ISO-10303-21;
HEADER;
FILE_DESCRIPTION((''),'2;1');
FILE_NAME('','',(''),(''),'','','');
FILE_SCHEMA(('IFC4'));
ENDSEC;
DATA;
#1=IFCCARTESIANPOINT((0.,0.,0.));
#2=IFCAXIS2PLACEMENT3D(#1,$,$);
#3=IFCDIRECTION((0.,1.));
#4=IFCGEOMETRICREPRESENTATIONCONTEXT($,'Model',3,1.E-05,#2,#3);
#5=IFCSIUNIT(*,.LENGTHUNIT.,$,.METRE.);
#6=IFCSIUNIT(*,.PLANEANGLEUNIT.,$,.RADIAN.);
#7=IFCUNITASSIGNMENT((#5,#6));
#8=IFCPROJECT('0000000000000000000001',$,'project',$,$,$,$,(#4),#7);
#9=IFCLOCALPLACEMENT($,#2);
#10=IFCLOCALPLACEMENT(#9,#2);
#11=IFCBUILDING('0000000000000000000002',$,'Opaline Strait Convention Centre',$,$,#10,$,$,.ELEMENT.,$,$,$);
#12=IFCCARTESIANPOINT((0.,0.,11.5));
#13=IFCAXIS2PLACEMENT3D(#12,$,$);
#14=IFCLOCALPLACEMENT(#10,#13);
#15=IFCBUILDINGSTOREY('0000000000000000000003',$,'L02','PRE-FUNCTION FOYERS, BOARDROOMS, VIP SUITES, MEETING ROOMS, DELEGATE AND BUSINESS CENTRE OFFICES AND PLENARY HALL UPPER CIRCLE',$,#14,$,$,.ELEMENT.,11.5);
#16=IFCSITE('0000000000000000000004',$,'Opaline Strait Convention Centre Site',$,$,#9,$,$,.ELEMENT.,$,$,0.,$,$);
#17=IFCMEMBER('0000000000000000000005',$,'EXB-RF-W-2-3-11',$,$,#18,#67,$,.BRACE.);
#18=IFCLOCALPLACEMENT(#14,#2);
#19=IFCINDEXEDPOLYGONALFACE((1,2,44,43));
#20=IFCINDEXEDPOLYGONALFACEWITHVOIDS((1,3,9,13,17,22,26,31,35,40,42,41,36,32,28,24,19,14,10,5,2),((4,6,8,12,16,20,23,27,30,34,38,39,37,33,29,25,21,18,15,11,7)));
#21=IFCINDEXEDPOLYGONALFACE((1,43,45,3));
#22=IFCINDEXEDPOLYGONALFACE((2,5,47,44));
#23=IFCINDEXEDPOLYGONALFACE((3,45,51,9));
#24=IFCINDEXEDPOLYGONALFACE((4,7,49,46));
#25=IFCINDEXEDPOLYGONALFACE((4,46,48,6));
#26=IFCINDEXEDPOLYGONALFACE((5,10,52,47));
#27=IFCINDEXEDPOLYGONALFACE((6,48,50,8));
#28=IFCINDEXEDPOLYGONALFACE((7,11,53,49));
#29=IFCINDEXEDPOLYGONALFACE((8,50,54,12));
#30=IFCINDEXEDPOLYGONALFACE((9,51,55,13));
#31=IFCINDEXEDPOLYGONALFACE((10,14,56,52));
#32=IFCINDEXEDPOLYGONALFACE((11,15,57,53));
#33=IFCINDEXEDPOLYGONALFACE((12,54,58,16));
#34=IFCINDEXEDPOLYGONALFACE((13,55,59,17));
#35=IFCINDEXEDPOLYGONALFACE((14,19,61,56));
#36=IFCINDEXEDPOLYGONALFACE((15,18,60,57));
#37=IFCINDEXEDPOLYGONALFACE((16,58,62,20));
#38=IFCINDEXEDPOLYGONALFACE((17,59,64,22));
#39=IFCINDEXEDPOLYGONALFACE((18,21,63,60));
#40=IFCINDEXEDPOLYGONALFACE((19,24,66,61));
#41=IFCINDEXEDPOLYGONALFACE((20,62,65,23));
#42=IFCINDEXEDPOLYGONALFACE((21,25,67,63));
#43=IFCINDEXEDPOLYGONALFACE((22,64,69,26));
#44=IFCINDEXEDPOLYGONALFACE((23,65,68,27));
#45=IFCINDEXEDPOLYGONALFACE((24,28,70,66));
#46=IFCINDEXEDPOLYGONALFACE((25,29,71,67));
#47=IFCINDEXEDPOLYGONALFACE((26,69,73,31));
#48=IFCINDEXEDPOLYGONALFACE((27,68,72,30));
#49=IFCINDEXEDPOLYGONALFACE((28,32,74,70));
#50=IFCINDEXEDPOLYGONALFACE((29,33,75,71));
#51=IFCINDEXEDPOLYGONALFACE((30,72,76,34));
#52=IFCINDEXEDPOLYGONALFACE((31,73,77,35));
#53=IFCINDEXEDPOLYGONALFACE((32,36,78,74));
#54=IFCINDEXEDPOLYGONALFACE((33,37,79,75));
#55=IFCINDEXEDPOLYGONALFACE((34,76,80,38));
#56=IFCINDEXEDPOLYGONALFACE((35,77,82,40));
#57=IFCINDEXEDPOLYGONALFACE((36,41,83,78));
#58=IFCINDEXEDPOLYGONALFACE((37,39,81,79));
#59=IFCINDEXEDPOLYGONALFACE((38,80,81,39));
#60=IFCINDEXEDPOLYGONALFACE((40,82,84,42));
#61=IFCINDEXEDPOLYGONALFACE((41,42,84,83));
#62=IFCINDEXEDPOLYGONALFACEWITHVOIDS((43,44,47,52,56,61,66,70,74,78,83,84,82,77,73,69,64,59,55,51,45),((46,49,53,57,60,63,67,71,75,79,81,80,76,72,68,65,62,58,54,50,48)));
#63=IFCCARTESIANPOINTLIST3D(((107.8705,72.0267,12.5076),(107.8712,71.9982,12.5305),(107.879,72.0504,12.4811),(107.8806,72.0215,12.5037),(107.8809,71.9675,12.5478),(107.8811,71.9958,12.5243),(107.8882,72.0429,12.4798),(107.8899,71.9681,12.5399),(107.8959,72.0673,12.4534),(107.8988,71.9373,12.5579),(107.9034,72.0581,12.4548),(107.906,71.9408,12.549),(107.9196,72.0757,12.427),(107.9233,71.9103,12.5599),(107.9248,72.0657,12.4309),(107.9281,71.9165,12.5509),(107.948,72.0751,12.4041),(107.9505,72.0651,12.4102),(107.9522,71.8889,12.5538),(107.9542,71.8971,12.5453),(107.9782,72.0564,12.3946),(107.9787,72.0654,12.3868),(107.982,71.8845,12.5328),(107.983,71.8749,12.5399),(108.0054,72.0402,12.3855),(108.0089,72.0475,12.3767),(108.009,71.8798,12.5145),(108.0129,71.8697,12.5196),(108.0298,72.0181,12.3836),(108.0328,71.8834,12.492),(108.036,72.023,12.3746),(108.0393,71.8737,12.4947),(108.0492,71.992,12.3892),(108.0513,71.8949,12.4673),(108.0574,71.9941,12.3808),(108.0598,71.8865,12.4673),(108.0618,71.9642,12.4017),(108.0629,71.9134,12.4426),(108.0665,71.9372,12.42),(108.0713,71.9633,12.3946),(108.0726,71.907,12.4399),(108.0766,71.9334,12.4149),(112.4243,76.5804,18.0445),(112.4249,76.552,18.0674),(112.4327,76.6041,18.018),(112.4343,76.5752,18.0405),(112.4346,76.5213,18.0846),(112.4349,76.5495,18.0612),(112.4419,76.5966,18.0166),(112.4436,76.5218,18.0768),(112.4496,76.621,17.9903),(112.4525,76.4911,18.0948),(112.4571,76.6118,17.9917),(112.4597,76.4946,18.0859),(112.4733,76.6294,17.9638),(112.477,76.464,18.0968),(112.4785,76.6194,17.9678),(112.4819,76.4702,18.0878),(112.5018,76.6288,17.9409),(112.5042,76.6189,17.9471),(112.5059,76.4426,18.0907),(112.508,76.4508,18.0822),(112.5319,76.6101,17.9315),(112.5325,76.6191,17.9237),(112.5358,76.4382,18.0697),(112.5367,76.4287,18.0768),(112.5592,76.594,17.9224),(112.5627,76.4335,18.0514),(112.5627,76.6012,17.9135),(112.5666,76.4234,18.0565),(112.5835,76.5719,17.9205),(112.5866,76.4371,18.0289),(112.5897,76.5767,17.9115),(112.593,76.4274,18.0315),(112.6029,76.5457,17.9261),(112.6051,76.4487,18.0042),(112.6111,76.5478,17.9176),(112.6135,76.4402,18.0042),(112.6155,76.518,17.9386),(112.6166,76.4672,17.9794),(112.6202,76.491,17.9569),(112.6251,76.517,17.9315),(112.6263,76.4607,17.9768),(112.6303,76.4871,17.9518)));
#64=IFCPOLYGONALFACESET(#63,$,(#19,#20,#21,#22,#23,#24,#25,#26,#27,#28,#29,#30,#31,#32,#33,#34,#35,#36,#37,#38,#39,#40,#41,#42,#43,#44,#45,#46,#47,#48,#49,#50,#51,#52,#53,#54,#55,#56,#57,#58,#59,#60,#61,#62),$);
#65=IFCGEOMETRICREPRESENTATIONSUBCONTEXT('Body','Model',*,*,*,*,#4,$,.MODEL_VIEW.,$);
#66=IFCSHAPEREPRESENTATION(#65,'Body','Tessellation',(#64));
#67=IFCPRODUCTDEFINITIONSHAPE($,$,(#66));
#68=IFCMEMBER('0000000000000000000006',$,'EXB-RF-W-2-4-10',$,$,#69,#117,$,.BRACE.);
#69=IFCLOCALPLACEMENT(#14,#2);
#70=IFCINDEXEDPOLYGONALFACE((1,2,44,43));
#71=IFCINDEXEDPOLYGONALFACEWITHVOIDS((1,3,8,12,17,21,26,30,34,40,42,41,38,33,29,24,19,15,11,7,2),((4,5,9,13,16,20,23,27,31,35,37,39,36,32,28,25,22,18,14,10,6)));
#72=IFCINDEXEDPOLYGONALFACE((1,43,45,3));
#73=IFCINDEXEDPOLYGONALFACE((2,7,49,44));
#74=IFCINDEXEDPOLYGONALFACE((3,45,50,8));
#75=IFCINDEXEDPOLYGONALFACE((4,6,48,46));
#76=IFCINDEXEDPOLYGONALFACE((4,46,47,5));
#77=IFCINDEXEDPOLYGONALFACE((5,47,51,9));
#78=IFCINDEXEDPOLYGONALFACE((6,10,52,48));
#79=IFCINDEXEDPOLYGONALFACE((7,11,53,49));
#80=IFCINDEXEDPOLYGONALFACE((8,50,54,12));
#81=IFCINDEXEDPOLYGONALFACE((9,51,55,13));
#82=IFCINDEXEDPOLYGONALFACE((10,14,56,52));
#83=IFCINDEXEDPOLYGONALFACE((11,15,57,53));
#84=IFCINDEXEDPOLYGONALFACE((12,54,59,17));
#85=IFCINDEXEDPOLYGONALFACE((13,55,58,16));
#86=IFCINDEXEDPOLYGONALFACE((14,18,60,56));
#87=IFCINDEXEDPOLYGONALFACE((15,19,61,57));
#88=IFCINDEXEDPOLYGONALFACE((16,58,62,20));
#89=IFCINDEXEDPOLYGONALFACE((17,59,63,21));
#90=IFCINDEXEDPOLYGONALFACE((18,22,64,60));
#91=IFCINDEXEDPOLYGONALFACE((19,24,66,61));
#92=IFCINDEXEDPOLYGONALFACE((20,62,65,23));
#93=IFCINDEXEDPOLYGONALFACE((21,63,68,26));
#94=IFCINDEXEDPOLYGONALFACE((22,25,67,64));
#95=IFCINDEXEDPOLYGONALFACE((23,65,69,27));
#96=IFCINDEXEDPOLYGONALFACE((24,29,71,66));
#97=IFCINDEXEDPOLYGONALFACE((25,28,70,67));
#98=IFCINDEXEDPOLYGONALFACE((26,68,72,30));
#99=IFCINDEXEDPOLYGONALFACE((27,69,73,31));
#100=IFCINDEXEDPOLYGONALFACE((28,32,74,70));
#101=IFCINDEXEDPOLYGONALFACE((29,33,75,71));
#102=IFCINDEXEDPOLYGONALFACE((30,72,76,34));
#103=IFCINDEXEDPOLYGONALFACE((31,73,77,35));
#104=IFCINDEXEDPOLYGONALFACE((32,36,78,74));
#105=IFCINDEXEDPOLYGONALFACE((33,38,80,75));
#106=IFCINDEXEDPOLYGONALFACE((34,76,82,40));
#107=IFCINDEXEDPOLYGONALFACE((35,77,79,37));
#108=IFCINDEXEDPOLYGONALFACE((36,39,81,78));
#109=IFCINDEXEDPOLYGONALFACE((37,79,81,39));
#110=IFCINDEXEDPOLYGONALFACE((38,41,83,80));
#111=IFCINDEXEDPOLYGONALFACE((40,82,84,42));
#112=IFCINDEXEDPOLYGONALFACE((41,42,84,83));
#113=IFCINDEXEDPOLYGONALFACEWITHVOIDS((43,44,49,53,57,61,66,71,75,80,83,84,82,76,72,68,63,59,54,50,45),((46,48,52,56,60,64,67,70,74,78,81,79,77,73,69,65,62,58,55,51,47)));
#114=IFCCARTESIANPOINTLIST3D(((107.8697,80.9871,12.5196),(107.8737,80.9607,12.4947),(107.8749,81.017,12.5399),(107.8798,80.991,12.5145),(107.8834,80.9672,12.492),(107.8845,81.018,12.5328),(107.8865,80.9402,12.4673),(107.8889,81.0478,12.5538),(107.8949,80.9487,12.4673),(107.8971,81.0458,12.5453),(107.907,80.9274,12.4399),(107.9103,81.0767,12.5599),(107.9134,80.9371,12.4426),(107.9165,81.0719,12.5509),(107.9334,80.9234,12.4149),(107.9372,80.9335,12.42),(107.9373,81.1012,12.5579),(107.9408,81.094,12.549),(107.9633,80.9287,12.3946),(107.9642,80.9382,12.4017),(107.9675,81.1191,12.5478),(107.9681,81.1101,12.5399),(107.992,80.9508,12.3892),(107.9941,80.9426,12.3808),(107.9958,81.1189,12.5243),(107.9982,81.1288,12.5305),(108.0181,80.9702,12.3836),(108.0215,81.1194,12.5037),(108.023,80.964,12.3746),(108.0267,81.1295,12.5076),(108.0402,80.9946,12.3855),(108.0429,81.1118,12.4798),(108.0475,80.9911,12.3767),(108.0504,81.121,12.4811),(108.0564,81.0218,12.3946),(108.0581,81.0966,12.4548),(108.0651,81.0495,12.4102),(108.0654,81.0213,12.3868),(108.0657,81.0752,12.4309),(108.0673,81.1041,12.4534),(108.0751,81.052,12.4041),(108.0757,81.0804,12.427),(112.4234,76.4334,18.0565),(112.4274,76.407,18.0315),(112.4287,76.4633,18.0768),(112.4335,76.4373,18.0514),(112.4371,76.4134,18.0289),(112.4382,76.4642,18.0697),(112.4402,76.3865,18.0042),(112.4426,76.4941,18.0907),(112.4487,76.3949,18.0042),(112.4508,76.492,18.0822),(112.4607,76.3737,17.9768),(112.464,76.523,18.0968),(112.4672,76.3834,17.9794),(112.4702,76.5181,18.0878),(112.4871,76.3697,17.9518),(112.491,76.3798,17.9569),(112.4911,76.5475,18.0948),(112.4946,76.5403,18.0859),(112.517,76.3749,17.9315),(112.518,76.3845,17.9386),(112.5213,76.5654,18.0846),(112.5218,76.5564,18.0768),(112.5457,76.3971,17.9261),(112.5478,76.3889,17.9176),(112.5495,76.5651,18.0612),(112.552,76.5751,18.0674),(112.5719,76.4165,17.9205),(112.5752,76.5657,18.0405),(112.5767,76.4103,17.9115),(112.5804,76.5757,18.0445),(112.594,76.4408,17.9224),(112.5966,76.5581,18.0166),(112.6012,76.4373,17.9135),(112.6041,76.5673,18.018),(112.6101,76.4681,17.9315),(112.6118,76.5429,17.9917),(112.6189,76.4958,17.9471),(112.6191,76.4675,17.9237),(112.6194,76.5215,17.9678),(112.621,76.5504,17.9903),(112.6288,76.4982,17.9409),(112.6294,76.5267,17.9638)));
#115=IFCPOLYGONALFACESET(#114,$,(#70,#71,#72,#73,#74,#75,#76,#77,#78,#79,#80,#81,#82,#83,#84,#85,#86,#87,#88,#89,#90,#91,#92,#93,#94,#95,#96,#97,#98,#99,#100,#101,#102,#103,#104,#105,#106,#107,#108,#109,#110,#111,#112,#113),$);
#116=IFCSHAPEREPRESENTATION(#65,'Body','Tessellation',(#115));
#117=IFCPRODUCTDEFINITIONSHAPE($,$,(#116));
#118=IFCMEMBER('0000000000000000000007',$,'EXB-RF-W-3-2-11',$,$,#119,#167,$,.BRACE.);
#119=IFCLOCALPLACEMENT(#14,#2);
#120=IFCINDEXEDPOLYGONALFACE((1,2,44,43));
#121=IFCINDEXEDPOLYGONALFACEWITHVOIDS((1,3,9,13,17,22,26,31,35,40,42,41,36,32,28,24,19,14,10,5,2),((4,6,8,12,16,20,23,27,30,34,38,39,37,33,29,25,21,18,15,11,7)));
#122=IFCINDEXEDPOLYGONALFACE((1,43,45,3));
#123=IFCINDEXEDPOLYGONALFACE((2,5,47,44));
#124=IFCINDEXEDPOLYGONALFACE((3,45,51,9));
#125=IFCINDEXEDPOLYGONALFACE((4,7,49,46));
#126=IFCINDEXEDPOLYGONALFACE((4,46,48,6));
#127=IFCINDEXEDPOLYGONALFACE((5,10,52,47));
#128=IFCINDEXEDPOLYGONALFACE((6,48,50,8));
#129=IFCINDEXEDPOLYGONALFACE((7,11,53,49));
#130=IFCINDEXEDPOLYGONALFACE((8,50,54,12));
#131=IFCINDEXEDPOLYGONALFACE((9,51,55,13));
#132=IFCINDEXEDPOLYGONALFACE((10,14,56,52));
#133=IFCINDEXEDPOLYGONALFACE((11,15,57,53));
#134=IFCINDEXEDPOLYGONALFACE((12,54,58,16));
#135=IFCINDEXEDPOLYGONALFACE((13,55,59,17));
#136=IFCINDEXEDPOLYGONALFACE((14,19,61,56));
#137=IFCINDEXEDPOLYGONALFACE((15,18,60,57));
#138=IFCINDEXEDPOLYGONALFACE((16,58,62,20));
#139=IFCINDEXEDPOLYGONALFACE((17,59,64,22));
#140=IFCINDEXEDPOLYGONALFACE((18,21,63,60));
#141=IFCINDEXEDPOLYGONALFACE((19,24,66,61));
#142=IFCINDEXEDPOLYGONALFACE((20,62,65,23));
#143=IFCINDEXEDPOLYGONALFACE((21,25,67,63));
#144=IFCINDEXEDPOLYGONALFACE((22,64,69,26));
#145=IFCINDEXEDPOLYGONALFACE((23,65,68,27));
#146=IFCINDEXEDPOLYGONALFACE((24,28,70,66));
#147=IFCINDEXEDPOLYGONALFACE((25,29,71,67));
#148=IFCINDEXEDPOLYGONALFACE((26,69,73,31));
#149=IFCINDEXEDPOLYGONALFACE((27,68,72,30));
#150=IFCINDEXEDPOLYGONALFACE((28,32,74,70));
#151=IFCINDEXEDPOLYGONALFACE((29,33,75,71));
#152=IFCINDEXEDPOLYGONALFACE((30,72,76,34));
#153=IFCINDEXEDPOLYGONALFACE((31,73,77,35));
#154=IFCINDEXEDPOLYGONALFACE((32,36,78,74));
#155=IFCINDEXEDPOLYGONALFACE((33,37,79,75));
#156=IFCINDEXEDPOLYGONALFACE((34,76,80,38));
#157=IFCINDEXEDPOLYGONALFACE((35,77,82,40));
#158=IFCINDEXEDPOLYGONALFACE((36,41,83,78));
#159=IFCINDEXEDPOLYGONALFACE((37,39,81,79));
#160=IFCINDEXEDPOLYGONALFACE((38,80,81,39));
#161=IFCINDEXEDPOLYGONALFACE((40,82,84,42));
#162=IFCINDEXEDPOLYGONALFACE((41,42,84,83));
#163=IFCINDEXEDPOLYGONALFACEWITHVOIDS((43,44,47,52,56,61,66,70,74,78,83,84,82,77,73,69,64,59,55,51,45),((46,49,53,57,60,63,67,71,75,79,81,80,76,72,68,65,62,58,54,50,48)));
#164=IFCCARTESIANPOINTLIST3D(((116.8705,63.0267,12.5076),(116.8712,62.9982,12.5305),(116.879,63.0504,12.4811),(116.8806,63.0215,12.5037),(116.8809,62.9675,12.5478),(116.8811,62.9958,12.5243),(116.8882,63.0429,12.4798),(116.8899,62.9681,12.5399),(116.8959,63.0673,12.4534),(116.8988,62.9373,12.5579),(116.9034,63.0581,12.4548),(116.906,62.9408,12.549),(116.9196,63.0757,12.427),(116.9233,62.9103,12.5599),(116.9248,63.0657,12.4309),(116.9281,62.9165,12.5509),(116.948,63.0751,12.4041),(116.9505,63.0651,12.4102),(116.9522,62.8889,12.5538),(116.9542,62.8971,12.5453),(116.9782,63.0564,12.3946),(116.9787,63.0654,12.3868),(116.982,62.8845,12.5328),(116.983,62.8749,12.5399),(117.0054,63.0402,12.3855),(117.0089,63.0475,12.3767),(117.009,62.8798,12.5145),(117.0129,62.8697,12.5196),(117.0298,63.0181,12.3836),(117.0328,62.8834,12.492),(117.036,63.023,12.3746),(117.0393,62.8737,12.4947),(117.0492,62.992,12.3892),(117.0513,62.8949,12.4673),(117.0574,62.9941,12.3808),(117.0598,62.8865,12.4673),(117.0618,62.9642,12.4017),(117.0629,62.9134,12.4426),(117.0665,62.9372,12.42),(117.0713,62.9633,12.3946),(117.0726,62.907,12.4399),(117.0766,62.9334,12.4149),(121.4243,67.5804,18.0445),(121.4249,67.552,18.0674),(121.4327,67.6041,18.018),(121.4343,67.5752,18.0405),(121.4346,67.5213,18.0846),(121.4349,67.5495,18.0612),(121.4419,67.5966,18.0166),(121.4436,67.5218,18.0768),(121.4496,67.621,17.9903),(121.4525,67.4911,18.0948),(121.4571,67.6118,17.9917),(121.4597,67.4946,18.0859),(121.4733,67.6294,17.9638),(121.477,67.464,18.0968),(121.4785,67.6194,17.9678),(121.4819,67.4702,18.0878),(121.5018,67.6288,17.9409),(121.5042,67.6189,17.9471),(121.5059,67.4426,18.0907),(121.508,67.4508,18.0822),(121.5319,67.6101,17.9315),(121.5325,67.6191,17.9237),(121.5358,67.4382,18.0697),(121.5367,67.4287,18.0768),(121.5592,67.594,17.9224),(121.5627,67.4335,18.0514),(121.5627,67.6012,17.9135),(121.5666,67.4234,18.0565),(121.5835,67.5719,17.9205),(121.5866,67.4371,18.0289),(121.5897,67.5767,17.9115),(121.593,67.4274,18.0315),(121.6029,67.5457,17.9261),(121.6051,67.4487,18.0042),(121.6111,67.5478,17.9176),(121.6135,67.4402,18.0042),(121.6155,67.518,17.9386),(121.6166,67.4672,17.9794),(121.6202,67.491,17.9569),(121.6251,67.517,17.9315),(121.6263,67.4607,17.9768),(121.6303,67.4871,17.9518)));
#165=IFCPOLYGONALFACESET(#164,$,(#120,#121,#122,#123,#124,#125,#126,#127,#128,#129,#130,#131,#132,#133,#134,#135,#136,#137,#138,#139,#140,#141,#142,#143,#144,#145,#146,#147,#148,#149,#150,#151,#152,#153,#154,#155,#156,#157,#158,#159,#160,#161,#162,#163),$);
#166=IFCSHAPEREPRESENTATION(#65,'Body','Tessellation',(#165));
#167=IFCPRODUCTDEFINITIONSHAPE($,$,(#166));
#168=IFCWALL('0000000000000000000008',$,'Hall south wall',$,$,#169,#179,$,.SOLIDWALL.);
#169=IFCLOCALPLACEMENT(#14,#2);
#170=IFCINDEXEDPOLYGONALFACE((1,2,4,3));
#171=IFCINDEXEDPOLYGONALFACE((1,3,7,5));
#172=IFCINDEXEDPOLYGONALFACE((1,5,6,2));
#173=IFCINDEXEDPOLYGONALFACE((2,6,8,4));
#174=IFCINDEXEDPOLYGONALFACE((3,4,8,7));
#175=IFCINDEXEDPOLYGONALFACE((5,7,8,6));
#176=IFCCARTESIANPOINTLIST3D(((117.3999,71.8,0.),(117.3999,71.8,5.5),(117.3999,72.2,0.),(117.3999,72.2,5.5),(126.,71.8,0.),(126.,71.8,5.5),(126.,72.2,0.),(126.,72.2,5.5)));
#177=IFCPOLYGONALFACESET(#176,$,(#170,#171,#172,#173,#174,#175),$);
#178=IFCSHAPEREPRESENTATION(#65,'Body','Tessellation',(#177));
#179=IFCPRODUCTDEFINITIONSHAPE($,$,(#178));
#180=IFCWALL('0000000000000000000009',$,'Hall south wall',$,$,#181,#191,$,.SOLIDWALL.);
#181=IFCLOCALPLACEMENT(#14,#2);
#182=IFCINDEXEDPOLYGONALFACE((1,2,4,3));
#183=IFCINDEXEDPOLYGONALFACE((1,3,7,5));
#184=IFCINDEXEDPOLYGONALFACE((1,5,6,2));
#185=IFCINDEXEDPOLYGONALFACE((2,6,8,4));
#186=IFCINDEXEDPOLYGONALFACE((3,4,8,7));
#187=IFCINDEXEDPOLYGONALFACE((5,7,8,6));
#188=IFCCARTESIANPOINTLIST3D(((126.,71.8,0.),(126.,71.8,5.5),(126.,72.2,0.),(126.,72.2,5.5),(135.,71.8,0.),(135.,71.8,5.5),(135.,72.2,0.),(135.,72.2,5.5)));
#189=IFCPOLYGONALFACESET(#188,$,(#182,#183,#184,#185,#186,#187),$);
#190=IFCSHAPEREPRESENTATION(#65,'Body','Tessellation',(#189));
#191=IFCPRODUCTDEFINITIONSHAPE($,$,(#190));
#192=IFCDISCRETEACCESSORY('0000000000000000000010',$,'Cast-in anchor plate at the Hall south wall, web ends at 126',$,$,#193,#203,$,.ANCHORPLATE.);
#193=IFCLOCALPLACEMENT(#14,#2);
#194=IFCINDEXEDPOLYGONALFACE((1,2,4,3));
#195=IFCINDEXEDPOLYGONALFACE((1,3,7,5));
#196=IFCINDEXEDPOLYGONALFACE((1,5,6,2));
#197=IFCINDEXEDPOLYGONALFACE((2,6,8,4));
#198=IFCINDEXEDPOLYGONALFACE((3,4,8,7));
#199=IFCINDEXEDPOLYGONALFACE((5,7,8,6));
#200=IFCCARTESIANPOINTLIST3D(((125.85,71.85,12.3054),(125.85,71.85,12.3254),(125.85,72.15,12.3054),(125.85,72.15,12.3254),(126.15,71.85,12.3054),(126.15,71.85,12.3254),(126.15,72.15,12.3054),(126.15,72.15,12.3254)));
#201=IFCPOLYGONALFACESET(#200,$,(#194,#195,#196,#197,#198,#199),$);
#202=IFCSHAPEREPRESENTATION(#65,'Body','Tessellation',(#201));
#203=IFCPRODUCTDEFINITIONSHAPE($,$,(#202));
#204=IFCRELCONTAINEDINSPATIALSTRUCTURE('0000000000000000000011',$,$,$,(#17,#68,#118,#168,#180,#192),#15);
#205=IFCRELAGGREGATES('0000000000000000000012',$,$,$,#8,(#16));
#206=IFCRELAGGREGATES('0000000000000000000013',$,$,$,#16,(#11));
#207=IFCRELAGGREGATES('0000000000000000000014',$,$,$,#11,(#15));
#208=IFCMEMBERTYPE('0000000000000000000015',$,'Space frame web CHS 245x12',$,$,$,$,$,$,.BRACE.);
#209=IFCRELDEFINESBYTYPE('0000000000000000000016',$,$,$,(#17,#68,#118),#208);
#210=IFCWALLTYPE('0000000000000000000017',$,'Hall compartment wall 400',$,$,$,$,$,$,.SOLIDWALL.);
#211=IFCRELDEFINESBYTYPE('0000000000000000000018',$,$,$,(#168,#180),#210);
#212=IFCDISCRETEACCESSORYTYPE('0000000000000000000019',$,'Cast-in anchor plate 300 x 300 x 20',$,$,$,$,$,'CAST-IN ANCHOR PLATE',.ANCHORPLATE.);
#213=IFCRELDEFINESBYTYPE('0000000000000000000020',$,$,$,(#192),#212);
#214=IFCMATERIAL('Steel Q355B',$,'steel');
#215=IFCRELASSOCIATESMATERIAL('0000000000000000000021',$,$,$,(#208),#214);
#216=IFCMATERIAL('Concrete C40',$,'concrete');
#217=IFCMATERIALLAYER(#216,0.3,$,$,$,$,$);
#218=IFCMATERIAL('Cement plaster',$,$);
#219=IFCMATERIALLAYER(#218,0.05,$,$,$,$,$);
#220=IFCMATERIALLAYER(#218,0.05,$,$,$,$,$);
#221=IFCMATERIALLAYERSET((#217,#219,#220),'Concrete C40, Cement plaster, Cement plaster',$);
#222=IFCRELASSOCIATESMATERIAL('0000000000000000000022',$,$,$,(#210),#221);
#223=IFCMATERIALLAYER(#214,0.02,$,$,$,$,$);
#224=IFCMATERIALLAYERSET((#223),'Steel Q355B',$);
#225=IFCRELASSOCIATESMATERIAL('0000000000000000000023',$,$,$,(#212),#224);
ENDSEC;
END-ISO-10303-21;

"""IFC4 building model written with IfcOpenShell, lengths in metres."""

from ifc_helpers import new_model, si_unit, direction, frame, frame_2d, origin, origin_2d, place, context, subcontext, project, spatial, rectangle, hollow_circle, extrude, material, layer, layer_set, material_profile, profile_set, type_object, element, save


model = new_model("IFC4")

# Units and contexts
model_context = context("Model", 3, precision=1e-05, world=origin(), true_north=direction((0.0, 1.0)))
body_context = subcontext(model_context, "Body", "Model", "MODEL_VIEW")
ifc_project = project(units=[si_unit("LENGTHUNIT", "METRE"), si_unit("PLANEANGLEUNIT", "RADIAN")], contexts=[model_context])

# Site, building, storey
site_placement = place(None, origin())
site = spatial("IfcSite", under=ifc_project, at=site_placement, Name="Opaline Strait Convention Centre Site", CompositionType="ELEMENT", RefElevation=0.0)
building_placement = place(site_placement, origin())
building = spatial("IfcBuilding", under=site, at=building_placement, Name="Opaline Strait Convention Centre", CompositionType="ELEMENT")
storey_placement = place(building_placement, frame((0.0, 0.0, 11.5)))
storey = spatial("IfcBuildingStorey", under=building, at=storey_placement, Name="L02", Description="PRE-FUNCTION FOYERS, BOARDROOMS, VIP SUITES, MEETING ROOMS, DELEGATE AND BUSINESS CENTRE OFFICES AND PLENARY HALL UPPER CIRCLE", CompositionType="ELEMENT", Elevation=11.5)

# Members
ifc_material_1 = material(Name="Steel Q355B", Category="steel")
ifc_material_profile_1 = material_profile(ifc_material_1, hollow_circle(Radius=0.1226, WallThickness=0.012, at=origin_2d()), Name="CHS 245x12")
ifc_profile_set_1 = profile_set([ifc_material_profile_1], Name="Steel Q355B")
member_type_1 = type_object("IfcMemberType", Name="Space frame web CHS 245x12", PredefinedType="BRACE", material=ifc_profile_set_1)
for number, where, z_axis, x_axis, name in (
    (1, (112.5269, 76.5269, 18.0042), (-0.536178, -0.536178, -0.65194), (0.707107, -0.707107, 0.0), "EXB-RF-W-2-3-11"),
    (2, (112.5269, 76.4731, 18.0042), (-0.536178, 0.536178, -0.65194), (-0.707107, -0.707107, 0.0), "EXB-RF-W-2-4-10"),
    (3, (121.5269, 67.5269, 18.0042), (-0.536178, -0.536178, -0.65194), (0.707107, -0.707107, 0.0), "EXB-RF-W-3-2-11"),
):
    element("IfcMember", number, at=place(storey_placement, frame(where, z_axis=z_axis, x_axis=x_axis)), inside=storey, type_object=member_type_1, Name=name, PredefinedType="BRACE", context=body_context, shape_type="SweptSolid", body=[
        extrude(hollow_circle(Radius=0.1226, WallThickness=0.012, at=origin_2d()), origin(), (0.0, 0.0, 1.0), 8.4929),
    ])

# Walls
ifc_material_2 = material(Name="Concrete C40", Category="concrete")
ifc_layer_1 = layer(ifc_material_2, 0.3)
ifc_material_3 = material(Name="Cement plaster")
ifc_layer_2 = layer(ifc_material_3, 0.05)
ifc_layer_3 = layer(ifc_material_3, 0.05)
ifc_layer_set_1 = layer_set([ifc_layer_1, ifc_layer_2, ifc_layer_3], Name="Concrete C40, Cement plaster, Cement plaster")
wall_type = type_object("IfcWallType", Name="Hall compartment wall 400", PredefinedType="SOLIDWALL", material=ifc_layer_set_1)
wall_1_placement = place(storey_placement, frame((117.3999, 72.0, 0.0), z_axis=(0.0, 0.0, 1.0), x_axis=(1.0, 0.0, 0.0)))
element("IfcWall", 4, at=wall_1_placement, inside=storey, type_object=wall_type, Name="Hall south wall", PredefinedType="SOLIDWALL", context=body_context, shape_type="SweptSolid", body=[
    extrude(rectangle(XDim=8.6001, YDim=0.3999, at=frame_2d((4.3, 0.0))), origin(), (0.0, 0.0, 1.0), 5.5),
])
wall_2_placement = place(storey_placement, frame((126.0, 72.0, 0.0), z_axis=(0.0, 0.0, 1.0), x_axis=(1.0, 0.0, 0.0)))
element("IfcWall", 5, at=wall_2_placement, inside=storey, type_object=wall_type, Name="Hall south wall", PredefinedType="SOLIDWALL", context=body_context, shape_type="SweptSolid", body=[
    extrude(rectangle(XDim=9.0, YDim=0.3999, at=frame_2d((4.5, 0.0))), origin(), (0.0, 0.0, 1.0), 5.5),
])

# Discrete accessory
ifc_layer_4 = layer(ifc_material_1, 0.02)
ifc_layer_set_2 = layer_set([ifc_layer_4], Name="Steel Q355B")
discrete_accessory_type = type_object("IfcDiscreteAccessoryType", Name="Cast-in anchor plate 300 x 300 x 20", ElementType="CAST-IN ANCHOR PLATE", PredefinedType="ANCHORPLATE", material=ifc_layer_set_2)
discrete_accessory_placement = place(storey_placement, frame((126.0, 72.0, 12.3054), z_axis=(0.0, 0.0, 1.0), x_axis=(1.0, 0.0, 0.0)))
element("IfcDiscreteAccessory", 6, at=discrete_accessory_placement, inside=storey, type_object=discrete_accessory_type, Name="Cast-in anchor plate at the Hall south wall, web ends at 126", PredefinedType="ANCHORPLATE", context=body_context, shape_type="SweptSolid", body=[
    extrude(rectangle(XDim=0.3, YDim=0.3, at=origin_2d()), origin(), (0.0, 0.0, 1.0), 0.02),
])

save(model, "model.ifc")
